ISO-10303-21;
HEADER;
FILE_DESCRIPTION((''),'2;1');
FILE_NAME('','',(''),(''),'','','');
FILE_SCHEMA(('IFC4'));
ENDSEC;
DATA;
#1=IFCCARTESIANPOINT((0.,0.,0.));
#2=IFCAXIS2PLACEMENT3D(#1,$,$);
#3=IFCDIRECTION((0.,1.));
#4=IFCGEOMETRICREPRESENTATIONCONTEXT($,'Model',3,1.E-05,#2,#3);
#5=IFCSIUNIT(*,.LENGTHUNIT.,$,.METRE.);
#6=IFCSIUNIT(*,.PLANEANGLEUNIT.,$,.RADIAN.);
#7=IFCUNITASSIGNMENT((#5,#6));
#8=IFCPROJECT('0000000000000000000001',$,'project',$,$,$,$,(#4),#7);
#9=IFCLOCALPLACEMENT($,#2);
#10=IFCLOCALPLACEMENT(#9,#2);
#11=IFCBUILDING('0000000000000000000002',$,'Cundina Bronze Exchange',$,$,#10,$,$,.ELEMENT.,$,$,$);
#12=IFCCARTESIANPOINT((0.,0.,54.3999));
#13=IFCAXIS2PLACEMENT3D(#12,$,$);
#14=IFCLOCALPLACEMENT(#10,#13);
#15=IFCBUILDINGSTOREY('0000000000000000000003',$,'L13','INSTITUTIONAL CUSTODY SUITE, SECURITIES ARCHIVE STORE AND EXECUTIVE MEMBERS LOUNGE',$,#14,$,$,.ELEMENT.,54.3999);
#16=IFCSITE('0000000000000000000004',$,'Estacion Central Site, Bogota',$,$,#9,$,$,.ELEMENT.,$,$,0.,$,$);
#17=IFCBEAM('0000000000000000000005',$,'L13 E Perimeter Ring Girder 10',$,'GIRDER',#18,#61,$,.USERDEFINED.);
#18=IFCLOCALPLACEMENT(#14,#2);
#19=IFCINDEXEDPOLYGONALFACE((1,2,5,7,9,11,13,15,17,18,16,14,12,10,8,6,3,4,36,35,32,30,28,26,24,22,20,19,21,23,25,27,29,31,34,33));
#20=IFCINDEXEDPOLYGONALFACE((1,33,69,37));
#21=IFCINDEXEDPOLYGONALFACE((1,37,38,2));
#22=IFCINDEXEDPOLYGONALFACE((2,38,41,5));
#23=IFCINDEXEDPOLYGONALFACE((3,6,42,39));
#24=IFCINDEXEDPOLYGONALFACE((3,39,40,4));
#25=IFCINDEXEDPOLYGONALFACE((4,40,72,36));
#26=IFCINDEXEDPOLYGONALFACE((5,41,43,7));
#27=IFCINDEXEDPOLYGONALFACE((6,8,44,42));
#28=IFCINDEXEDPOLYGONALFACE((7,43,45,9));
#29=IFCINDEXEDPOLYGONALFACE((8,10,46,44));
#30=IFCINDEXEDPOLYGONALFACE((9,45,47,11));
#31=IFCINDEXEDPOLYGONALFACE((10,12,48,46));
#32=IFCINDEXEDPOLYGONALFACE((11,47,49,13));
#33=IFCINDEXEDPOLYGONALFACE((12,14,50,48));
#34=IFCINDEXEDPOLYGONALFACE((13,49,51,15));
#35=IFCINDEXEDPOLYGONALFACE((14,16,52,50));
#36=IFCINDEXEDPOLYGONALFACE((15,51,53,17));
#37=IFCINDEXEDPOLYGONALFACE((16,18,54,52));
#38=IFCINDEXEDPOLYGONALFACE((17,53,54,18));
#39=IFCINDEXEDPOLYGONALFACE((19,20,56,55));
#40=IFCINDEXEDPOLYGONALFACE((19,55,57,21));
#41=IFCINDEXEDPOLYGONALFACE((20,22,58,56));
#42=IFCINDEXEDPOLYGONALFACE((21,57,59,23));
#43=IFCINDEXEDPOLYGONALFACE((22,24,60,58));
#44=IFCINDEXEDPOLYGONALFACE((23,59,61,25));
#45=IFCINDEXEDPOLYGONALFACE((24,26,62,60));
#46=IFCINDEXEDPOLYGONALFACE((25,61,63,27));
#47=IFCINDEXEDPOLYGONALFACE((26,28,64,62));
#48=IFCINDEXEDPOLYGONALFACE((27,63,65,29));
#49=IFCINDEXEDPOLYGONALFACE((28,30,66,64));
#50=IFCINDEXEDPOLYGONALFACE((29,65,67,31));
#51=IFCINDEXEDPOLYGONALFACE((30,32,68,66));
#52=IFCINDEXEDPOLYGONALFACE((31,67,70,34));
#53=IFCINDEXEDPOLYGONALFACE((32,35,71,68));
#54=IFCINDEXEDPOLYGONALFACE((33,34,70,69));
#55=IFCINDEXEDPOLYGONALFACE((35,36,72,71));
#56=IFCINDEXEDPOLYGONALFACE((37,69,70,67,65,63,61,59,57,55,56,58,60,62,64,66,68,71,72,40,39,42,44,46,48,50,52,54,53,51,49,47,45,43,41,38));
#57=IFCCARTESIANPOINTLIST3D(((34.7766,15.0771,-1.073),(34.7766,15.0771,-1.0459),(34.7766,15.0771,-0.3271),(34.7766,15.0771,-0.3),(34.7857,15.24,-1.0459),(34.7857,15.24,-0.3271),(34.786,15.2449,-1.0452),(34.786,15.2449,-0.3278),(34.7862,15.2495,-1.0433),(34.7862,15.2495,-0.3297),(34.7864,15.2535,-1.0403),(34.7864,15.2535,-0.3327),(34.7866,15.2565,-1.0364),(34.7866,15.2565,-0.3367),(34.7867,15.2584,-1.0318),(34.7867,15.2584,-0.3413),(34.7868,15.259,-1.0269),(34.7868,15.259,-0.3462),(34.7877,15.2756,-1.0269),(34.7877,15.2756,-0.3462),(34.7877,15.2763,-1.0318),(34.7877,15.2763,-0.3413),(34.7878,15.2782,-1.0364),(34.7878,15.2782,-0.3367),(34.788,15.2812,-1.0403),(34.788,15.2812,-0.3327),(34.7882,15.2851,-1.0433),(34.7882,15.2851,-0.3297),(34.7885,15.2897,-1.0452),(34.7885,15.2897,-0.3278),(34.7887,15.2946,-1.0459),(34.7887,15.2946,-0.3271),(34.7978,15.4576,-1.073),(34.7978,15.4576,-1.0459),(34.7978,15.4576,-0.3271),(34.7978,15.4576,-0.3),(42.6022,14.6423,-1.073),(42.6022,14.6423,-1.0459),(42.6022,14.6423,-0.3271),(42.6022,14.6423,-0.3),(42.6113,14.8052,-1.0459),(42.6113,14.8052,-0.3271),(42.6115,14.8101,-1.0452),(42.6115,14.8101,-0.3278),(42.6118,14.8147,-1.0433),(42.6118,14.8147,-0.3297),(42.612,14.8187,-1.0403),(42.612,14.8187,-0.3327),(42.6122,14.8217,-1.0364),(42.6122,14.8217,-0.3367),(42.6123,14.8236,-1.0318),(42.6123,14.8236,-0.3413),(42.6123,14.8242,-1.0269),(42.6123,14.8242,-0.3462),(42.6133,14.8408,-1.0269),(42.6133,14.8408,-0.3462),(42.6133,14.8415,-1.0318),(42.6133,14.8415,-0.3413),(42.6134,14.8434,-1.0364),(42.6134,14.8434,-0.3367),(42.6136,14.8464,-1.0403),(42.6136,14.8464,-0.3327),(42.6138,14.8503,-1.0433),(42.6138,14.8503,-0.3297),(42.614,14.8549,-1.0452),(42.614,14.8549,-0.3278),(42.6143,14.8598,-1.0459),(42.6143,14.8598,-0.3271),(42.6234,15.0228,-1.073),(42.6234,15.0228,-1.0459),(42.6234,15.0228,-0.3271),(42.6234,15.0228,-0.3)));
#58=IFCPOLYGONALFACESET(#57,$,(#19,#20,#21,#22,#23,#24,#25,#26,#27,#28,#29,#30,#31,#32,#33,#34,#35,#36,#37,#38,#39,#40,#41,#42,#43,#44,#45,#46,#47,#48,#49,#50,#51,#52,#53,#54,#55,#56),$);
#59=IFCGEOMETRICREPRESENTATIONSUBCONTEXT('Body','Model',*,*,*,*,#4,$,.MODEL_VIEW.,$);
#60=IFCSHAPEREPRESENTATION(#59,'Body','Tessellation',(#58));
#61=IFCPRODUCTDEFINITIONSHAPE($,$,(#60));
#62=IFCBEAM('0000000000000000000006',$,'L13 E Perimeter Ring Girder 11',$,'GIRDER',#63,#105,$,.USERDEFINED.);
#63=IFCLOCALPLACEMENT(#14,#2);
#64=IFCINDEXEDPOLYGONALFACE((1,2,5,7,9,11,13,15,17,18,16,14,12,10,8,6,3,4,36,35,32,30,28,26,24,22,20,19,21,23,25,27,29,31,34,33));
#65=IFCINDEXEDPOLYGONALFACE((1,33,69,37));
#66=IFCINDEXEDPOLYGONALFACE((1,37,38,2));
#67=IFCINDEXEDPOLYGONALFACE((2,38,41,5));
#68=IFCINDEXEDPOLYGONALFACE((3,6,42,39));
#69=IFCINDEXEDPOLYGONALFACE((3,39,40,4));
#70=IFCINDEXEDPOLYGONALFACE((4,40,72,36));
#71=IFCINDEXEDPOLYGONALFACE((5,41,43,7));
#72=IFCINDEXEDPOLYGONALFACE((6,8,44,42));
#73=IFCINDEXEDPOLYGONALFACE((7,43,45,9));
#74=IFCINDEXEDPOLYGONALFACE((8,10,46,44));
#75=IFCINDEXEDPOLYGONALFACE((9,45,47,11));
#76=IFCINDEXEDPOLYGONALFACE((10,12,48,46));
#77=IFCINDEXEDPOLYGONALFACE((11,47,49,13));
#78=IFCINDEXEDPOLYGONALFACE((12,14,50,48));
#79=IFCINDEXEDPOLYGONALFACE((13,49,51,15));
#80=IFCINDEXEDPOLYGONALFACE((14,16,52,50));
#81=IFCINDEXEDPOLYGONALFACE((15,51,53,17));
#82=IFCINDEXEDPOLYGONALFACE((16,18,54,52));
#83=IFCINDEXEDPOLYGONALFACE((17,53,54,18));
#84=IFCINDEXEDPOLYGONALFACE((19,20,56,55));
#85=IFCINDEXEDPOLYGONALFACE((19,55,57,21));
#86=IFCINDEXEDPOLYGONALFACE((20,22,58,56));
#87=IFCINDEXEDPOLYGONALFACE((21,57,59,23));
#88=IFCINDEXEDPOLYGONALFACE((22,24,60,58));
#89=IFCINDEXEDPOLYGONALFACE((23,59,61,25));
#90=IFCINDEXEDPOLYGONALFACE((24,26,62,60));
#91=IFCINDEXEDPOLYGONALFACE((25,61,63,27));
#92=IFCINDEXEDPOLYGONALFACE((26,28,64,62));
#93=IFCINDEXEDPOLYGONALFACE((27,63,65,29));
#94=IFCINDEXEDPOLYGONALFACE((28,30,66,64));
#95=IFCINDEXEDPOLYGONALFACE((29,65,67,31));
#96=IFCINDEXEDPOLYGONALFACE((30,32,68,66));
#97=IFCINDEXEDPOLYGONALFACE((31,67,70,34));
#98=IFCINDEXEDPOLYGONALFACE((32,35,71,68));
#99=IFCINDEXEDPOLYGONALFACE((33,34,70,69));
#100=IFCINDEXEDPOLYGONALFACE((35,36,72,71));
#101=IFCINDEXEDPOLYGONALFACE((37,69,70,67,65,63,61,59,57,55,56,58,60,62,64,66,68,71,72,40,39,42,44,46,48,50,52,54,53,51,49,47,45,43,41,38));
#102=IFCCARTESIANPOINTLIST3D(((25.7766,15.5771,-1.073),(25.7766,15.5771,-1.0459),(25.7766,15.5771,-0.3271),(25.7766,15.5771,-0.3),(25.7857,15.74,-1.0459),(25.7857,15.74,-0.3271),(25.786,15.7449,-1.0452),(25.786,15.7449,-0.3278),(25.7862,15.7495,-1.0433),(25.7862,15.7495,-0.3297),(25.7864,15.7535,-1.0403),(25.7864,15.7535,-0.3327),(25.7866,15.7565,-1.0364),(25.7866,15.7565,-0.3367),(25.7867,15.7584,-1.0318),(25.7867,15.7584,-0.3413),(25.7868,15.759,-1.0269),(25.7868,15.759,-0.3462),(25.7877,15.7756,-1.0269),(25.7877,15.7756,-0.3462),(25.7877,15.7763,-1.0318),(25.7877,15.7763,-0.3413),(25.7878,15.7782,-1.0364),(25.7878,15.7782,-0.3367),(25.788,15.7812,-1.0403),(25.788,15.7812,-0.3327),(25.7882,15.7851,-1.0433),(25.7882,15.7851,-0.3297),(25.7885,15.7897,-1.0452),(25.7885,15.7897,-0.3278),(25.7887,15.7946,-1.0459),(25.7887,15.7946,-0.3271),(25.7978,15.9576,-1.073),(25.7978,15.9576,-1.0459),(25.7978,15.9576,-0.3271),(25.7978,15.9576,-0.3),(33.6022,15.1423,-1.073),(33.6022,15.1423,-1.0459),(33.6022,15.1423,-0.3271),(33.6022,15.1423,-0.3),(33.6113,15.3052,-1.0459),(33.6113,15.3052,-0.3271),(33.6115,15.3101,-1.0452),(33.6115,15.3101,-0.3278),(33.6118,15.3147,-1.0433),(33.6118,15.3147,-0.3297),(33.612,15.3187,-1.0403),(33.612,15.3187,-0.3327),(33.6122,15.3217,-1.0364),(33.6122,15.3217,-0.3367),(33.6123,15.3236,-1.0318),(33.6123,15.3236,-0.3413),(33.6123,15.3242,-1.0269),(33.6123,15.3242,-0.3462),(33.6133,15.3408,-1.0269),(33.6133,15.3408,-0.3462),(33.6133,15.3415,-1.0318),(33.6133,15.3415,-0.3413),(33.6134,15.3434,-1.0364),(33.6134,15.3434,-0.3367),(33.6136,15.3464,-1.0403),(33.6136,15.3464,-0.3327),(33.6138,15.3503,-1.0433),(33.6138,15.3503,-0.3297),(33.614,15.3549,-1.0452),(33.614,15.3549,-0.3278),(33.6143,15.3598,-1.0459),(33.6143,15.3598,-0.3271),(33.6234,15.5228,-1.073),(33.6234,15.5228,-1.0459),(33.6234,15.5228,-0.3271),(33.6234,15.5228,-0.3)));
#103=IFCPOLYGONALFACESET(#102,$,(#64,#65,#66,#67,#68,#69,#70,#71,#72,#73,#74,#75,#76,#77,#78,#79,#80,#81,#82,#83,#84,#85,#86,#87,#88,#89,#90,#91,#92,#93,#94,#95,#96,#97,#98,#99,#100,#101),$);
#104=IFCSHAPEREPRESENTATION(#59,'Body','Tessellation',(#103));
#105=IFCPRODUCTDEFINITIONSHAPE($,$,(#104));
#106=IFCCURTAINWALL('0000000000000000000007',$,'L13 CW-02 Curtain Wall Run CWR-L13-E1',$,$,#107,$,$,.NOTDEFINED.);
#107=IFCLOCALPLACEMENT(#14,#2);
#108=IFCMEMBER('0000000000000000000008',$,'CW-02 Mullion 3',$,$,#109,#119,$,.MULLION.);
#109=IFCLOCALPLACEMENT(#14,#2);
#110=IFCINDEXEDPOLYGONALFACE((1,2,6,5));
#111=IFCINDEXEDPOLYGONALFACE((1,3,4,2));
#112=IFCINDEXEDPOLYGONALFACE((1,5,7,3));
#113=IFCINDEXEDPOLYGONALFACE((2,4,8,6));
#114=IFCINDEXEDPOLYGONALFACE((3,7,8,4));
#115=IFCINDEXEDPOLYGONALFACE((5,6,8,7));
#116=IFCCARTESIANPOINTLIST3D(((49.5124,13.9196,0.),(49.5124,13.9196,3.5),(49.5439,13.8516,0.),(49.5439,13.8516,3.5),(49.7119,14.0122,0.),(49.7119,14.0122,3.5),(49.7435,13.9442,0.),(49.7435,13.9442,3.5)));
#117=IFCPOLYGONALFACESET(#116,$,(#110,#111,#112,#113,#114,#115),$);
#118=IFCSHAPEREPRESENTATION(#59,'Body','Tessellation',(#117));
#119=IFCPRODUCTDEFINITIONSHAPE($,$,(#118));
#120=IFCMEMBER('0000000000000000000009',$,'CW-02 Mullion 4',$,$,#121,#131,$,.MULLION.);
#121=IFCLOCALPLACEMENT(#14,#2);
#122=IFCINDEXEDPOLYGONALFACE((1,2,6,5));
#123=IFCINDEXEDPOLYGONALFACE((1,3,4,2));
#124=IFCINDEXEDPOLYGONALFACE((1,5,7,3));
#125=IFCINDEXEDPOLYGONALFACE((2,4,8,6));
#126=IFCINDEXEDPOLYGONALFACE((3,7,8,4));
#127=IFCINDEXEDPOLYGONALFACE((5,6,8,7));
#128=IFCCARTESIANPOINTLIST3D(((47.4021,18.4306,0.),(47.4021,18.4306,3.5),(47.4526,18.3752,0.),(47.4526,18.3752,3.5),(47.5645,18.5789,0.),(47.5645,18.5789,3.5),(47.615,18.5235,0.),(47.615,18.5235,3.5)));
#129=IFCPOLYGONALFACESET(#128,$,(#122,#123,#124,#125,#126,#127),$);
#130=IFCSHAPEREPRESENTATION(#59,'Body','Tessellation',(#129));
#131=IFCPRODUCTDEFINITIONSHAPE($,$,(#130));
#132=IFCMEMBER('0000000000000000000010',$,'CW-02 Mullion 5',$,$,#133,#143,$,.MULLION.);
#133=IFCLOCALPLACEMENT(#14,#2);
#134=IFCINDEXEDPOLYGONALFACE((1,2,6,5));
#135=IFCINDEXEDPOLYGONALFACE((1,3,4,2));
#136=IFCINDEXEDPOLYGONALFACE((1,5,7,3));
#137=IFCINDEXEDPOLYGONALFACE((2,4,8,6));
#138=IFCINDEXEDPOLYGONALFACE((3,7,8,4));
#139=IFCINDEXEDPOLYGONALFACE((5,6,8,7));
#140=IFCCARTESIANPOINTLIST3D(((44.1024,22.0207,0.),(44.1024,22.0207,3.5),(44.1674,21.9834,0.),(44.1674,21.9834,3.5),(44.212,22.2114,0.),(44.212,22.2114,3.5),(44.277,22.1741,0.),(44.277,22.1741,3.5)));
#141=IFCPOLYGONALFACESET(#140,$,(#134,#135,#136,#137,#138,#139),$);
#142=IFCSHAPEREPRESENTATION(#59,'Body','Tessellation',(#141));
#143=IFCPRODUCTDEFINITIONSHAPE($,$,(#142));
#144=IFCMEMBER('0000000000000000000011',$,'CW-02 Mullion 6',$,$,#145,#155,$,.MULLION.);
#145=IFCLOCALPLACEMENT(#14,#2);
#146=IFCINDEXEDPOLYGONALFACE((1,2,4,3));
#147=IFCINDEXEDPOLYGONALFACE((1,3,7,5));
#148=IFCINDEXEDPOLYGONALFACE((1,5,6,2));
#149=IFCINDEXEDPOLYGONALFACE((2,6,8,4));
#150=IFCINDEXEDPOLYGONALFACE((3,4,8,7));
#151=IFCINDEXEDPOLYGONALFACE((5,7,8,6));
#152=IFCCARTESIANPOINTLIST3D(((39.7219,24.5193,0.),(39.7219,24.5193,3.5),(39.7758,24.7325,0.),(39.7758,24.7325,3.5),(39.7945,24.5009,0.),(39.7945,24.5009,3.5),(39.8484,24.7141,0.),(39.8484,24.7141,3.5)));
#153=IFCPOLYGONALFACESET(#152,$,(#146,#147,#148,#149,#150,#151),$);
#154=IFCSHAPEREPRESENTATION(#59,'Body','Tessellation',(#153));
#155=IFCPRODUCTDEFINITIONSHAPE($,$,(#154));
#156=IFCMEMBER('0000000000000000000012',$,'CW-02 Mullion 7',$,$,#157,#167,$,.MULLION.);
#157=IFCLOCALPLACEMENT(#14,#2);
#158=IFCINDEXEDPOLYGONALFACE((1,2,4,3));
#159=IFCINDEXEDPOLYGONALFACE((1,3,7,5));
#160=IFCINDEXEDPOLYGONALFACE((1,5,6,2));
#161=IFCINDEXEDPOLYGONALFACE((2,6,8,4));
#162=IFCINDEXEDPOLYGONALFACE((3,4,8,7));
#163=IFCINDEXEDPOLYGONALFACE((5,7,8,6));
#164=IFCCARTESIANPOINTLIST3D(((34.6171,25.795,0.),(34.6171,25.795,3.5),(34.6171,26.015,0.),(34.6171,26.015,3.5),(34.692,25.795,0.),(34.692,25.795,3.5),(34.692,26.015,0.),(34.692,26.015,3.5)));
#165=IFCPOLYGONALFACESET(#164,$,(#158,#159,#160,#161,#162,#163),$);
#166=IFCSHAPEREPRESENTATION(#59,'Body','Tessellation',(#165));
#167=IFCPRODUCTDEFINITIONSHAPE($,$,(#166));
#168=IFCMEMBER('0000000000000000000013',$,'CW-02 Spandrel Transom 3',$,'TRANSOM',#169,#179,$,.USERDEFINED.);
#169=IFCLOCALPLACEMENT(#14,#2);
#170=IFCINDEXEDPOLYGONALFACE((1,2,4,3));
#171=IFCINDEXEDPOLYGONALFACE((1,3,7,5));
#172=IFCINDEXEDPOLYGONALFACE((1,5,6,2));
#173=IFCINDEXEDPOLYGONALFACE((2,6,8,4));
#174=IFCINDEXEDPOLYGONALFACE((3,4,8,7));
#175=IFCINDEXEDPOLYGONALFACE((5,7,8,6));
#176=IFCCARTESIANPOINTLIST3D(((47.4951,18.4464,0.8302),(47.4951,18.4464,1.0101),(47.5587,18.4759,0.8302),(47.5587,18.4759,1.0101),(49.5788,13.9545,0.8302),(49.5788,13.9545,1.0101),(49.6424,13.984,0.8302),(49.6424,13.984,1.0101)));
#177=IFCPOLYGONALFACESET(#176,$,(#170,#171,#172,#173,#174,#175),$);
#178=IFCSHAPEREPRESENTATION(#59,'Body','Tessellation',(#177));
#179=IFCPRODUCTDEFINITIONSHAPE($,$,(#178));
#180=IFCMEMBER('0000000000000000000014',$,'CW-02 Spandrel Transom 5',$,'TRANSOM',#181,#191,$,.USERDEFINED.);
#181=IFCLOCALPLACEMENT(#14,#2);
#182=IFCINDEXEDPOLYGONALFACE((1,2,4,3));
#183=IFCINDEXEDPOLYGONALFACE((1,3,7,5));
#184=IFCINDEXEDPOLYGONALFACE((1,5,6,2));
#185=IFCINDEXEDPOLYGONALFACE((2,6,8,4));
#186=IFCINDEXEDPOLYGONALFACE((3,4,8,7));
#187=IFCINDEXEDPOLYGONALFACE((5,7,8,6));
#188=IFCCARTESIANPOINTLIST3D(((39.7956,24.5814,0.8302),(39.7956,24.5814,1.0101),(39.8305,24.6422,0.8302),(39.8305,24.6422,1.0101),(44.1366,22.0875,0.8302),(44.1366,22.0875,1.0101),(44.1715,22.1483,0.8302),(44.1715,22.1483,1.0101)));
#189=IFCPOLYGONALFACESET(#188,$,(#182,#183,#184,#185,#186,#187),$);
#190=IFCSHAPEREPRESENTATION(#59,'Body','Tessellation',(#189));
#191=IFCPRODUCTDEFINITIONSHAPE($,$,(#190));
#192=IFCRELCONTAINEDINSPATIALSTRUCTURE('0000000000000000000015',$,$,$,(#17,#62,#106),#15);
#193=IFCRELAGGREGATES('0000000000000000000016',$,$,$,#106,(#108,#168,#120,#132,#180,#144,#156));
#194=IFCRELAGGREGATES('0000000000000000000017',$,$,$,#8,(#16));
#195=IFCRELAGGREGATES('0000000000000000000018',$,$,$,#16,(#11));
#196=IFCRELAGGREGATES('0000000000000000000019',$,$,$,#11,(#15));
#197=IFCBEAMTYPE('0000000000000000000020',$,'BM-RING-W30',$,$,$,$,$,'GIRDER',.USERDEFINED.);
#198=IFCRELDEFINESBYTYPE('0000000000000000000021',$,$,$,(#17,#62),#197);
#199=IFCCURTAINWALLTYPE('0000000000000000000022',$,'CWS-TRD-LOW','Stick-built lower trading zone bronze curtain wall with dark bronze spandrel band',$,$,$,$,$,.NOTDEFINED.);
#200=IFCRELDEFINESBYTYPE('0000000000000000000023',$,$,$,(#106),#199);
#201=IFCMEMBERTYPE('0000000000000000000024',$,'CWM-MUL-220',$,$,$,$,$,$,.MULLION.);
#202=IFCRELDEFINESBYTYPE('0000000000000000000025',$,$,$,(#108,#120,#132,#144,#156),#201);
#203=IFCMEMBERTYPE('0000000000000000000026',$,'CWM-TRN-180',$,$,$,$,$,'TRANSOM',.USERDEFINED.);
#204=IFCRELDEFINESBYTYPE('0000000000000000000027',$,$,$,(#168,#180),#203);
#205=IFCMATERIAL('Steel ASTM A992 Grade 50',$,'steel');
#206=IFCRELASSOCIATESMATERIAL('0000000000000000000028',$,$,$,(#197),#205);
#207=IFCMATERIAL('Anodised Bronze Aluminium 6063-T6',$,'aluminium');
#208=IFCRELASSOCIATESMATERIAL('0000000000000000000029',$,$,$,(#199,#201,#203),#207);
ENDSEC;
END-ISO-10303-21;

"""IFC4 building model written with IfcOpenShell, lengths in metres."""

from ifc_helpers import new_model, si_unit, direction, frame, origin, origin_2d, place, context, subcontext, project, spatial, rectangle, i_section, extrude, material, material_profile, profile_set, type_object, element, aggregate, save


model = new_model("IFC4")

# Units and contexts
model_context = context("Model", 3, precision=1e-05, world=origin(), true_north=direction((0.0, 1.0)))
body_context = subcontext(model_context, "Body", "Model", "MODEL_VIEW")
ifc_project = project(units=[si_unit("LENGTHUNIT", "METRE"), si_unit("PLANEANGLEUNIT", "RADIAN")], contexts=[model_context])

# Site, building, storey
site_placement = place(None, origin())
site = spatial("IfcSite", under=ifc_project, at=site_placement, Name="Estacion Central Site, Bogota", CompositionType="ELEMENT", RefElevation=0.0)
building_placement = place(site_placement, origin())
building = spatial("IfcBuilding", under=site, at=building_placement, Name="Cundina Bronze Exchange", CompositionType="ELEMENT")
storey_placement = place(building_placement, frame((0.0, 0.0, 54.3999)))
storey = spatial("IfcBuildingStorey", under=building, at=storey_placement, Name="L13", Description="INSTITUTIONAL CUSTODY SUITE, SECURITIES ARCHIVE STORE AND EXECUTIVE MEMBERS LOUNGE", CompositionType="ELEMENT", Elevation=54.3999)

# Beams
ifc_material_1 = material(Name="Steel ASTM A992 Grade 50", Category="steel")
ifc_material_profile_1 = material_profile(ifc_material_1, i_section(OverallWidth=0.3811, OverallDepth=0.7729, WebThickness=0.0166, FlangeThickness=0.0271, FilletRadius=0.019, at=origin_2d()), Name="W30X173", Category="steel")
ifc_profile_set_1 = profile_set([ifc_material_profile_1], Name="Steel ASTM A992 Grade 50")
beam_type_1 = type_object("IfcBeamType", Name="BM-RING-W30", ElementType="GIRDER", PredefinedType="USERDEFINED", material=ifc_profile_set_1)
for number, where, z_axis, x_axis, name in (
    (1, (42.6128, 14.8325, -0.6865), (-0.99846, 0.055477, 0.0), (-0.055477, -0.99846, 0.0), "L13 E Perimeter Ring Girder 10"),
    (2, (33.6128, 15.3325, -0.6865), (-0.99846, 0.055477, 0.0), (-0.055477, -0.99846, 0.0), "L13 E Perimeter Ring Girder 11"),
):
    element("IfcBeam", number, at=place(storey_placement, frame(where, z_axis=z_axis, x_axis=x_axis)), inside=storey, type_object=beam_type_1, Name=name, ObjectType="GIRDER", PredefinedType="USERDEFINED", context=body_context, shape_type="SweptSolid", body=[
        extrude(i_section(OverallWidth=0.3811, OverallDepth=0.7729, WebThickness=0.0166, FlangeThickness=0.0271, FilletRadius=0.019, at=origin_2d()), origin(), (0.0, 0.0, 1.0), 7.8376),
    ])

# Curtain wall, members
ifc_material_2 = material(Name="Anodised Bronze Aluminium 6063-T6", Category="aluminium")
curtain_wall_type = type_object("IfcCurtainWallType", Name="CWS-TRD-LOW", Description="Stick-built lower trading zone bronze curtain wall with dark bronze spandrel band", PredefinedType="NOTDEFINED", material=ifc_material_2)
curtain_wall_placement = place(storey_placement, origin())
curtain_wall = element("IfcCurtainWall", 3, at=curtain_wall_placement, inside=storey, type_object=curtain_wall_type, Name="L13 CW-02 Curtain Wall Run CWR-L13-E1", PredefinedType="NOTDEFINED")
ifc_material_profile_2 = material_profile(ifc_material_2, rectangle(XDim=0.075, YDim=0.22, at=origin_2d()), Name="AL75X220", Category="aluminium")
ifc_profile_set_2 = profile_set([ifc_material_profile_2], Name="Anodised Bronze Aluminium 6063-T6")
member_type_1 = type_object("IfcMemberType", Name="CWM-MUL-220", PredefinedType="MULLION", material=ifc_profile_set_2)
member_1_placement = place(storey_placement, frame((49.6279, 13.9319, 0.0), z_axis=(0.0, 0.0, 1.0), x_axis=(-0.420877, 0.907117, 0.0)))
member_1 = element("IfcMember", 4, at=member_1_placement, type_object=member_type_1, Name="CW-02 Mullion 3", PredefinedType="MULLION", context=body_context, shape_type="SweptSolid", body=[
    extrude(rectangle(XDim=0.075, YDim=0.22, at=origin_2d()), origin(), (0.0, 0.0, 1.0), 3.5),
])
member_2_placement = place(storey_placement, frame((47.5085, 18.4771, 0.0), z_axis=(0.0, 0.0, 1.0), x_axis=(-0.674302, 0.738455, 0.0)))
member_2 = element("IfcMember", 5, at=member_2_placement, type_object=member_type_1, Name="CW-02 Mullion 4", PredefinedType="MULLION", context=body_context, shape_type="SweptSolid", body=[
    extrude(rectangle(XDim=0.075, YDim=0.22, at=origin_2d()), origin(), (0.0, 0.0, 1.0), 3.5),
])
member_3_placement = place(storey_placement, frame((44.1897, 22.0974, 0.0), z_axis=(0.0, 0.0, 1.0), x_axis=(-0.867071, 0.498185, 0.0)))
member_3 = element("IfcMember", 6, at=member_3_placement, type_object=member_type_1, Name="CW-02 Mullion 5", PredefinedType="MULLION", context=body_context, shape_type="SweptSolid", body=[
    extrude(rectangle(XDim=0.075, YDim=0.22, at=origin_2d()), origin(), (0.0, 0.0, 1.0), 3.5),
])
member_4_placement = place(storey_placement, frame((39.7852, 24.6167, 0.0), z_axis=(0.0, 0.0, 1.0), x_axis=(-0.969488, 0.245138, 0.0)))
member_4 = element("IfcMember", 7, at=member_4_placement, type_object=member_type_1, Name="CW-02 Mullion 6", PredefinedType="MULLION", context=body_context, shape_type="SweptSolid", body=[
    extrude(rectangle(XDim=0.075, YDim=0.22, at=origin_2d()), origin(), (0.0, 0.0, 1.0), 3.5),
])
member_5_placement = place(storey_placement, frame((34.6545, 25.905, 0.0), z_axis=(0.0, 0.0, 1.0), x_axis=(-1.0, 0.0, 0.0)))
member_5 = element("IfcMember", 8, at=member_5_placement, type_object=member_type_1, Name="CW-02 Mullion 7", PredefinedType="MULLION", context=body_context, shape_type="SweptSolid", body=[
    extrude(rectangle(XDim=0.075, YDim=0.22, at=origin_2d()), origin(), (0.0, 0.0, 1.0), 3.5),
])
ifc_material_profile_3 = material_profile(ifc_material_2, rectangle(XDim=0.0701, YDim=0.1799, at=origin_2d()), Name="AL70X180", Category="aluminium")
ifc_profile_set_3 = profile_set([ifc_material_profile_3], Name="Anodised Bronze Aluminium 6063-T6")
member_type_2 = type_object("IfcMemberType", Name="CWM-TRN-180", ElementType="TRANSOM", PredefinedType="USERDEFINED", material=ifc_profile_set_3)
member_6_placement = place(storey_placement, frame((49.6106, 13.9692, 0.9202), z_axis=(-0.420811, 0.907148, 0.0), x_axis=(-0.907148, -0.420811, 0.0)))
member_6 = element("IfcMember", 9, at=member_6_placement, type_object=member_type_2, Name="CW-02 Spandrel Transom 3", ObjectType="TRANSOM", PredefinedType="USERDEFINED", context=body_context, shape_type="SweptSolid", body=[
    extrude(rectangle(XDim=0.0701, YDim=0.1799, at=origin_2d()), origin(), (0.0, 0.0, 1.0), 4.9517),
])
member_7_placement = place(storey_placement, frame((44.1541, 22.1179, 0.9202), z_axis=(-0.867097, 0.498139, 0.0), x_axis=(-0.498139, -0.867097, 0.0)))
member_7 = element("IfcMember", 10, at=member_7_placement, type_object=member_type_2, Name="CW-02 Spandrel Transom 5", ObjectType="TRANSOM", PredefinedType="USERDEFINED", context=body_context, shape_type="SweptSolid", body=[
    extrude(rectangle(XDim=0.0701, YDim=0.1799, at=origin_2d()), origin(), (0.0, 0.0, 1.0), 5.0063),
])
aggregate(curtain_wall, [member_1, member_6, member_2, member_3, member_7, member_4, member_5])

save(model, "model.ifc")
